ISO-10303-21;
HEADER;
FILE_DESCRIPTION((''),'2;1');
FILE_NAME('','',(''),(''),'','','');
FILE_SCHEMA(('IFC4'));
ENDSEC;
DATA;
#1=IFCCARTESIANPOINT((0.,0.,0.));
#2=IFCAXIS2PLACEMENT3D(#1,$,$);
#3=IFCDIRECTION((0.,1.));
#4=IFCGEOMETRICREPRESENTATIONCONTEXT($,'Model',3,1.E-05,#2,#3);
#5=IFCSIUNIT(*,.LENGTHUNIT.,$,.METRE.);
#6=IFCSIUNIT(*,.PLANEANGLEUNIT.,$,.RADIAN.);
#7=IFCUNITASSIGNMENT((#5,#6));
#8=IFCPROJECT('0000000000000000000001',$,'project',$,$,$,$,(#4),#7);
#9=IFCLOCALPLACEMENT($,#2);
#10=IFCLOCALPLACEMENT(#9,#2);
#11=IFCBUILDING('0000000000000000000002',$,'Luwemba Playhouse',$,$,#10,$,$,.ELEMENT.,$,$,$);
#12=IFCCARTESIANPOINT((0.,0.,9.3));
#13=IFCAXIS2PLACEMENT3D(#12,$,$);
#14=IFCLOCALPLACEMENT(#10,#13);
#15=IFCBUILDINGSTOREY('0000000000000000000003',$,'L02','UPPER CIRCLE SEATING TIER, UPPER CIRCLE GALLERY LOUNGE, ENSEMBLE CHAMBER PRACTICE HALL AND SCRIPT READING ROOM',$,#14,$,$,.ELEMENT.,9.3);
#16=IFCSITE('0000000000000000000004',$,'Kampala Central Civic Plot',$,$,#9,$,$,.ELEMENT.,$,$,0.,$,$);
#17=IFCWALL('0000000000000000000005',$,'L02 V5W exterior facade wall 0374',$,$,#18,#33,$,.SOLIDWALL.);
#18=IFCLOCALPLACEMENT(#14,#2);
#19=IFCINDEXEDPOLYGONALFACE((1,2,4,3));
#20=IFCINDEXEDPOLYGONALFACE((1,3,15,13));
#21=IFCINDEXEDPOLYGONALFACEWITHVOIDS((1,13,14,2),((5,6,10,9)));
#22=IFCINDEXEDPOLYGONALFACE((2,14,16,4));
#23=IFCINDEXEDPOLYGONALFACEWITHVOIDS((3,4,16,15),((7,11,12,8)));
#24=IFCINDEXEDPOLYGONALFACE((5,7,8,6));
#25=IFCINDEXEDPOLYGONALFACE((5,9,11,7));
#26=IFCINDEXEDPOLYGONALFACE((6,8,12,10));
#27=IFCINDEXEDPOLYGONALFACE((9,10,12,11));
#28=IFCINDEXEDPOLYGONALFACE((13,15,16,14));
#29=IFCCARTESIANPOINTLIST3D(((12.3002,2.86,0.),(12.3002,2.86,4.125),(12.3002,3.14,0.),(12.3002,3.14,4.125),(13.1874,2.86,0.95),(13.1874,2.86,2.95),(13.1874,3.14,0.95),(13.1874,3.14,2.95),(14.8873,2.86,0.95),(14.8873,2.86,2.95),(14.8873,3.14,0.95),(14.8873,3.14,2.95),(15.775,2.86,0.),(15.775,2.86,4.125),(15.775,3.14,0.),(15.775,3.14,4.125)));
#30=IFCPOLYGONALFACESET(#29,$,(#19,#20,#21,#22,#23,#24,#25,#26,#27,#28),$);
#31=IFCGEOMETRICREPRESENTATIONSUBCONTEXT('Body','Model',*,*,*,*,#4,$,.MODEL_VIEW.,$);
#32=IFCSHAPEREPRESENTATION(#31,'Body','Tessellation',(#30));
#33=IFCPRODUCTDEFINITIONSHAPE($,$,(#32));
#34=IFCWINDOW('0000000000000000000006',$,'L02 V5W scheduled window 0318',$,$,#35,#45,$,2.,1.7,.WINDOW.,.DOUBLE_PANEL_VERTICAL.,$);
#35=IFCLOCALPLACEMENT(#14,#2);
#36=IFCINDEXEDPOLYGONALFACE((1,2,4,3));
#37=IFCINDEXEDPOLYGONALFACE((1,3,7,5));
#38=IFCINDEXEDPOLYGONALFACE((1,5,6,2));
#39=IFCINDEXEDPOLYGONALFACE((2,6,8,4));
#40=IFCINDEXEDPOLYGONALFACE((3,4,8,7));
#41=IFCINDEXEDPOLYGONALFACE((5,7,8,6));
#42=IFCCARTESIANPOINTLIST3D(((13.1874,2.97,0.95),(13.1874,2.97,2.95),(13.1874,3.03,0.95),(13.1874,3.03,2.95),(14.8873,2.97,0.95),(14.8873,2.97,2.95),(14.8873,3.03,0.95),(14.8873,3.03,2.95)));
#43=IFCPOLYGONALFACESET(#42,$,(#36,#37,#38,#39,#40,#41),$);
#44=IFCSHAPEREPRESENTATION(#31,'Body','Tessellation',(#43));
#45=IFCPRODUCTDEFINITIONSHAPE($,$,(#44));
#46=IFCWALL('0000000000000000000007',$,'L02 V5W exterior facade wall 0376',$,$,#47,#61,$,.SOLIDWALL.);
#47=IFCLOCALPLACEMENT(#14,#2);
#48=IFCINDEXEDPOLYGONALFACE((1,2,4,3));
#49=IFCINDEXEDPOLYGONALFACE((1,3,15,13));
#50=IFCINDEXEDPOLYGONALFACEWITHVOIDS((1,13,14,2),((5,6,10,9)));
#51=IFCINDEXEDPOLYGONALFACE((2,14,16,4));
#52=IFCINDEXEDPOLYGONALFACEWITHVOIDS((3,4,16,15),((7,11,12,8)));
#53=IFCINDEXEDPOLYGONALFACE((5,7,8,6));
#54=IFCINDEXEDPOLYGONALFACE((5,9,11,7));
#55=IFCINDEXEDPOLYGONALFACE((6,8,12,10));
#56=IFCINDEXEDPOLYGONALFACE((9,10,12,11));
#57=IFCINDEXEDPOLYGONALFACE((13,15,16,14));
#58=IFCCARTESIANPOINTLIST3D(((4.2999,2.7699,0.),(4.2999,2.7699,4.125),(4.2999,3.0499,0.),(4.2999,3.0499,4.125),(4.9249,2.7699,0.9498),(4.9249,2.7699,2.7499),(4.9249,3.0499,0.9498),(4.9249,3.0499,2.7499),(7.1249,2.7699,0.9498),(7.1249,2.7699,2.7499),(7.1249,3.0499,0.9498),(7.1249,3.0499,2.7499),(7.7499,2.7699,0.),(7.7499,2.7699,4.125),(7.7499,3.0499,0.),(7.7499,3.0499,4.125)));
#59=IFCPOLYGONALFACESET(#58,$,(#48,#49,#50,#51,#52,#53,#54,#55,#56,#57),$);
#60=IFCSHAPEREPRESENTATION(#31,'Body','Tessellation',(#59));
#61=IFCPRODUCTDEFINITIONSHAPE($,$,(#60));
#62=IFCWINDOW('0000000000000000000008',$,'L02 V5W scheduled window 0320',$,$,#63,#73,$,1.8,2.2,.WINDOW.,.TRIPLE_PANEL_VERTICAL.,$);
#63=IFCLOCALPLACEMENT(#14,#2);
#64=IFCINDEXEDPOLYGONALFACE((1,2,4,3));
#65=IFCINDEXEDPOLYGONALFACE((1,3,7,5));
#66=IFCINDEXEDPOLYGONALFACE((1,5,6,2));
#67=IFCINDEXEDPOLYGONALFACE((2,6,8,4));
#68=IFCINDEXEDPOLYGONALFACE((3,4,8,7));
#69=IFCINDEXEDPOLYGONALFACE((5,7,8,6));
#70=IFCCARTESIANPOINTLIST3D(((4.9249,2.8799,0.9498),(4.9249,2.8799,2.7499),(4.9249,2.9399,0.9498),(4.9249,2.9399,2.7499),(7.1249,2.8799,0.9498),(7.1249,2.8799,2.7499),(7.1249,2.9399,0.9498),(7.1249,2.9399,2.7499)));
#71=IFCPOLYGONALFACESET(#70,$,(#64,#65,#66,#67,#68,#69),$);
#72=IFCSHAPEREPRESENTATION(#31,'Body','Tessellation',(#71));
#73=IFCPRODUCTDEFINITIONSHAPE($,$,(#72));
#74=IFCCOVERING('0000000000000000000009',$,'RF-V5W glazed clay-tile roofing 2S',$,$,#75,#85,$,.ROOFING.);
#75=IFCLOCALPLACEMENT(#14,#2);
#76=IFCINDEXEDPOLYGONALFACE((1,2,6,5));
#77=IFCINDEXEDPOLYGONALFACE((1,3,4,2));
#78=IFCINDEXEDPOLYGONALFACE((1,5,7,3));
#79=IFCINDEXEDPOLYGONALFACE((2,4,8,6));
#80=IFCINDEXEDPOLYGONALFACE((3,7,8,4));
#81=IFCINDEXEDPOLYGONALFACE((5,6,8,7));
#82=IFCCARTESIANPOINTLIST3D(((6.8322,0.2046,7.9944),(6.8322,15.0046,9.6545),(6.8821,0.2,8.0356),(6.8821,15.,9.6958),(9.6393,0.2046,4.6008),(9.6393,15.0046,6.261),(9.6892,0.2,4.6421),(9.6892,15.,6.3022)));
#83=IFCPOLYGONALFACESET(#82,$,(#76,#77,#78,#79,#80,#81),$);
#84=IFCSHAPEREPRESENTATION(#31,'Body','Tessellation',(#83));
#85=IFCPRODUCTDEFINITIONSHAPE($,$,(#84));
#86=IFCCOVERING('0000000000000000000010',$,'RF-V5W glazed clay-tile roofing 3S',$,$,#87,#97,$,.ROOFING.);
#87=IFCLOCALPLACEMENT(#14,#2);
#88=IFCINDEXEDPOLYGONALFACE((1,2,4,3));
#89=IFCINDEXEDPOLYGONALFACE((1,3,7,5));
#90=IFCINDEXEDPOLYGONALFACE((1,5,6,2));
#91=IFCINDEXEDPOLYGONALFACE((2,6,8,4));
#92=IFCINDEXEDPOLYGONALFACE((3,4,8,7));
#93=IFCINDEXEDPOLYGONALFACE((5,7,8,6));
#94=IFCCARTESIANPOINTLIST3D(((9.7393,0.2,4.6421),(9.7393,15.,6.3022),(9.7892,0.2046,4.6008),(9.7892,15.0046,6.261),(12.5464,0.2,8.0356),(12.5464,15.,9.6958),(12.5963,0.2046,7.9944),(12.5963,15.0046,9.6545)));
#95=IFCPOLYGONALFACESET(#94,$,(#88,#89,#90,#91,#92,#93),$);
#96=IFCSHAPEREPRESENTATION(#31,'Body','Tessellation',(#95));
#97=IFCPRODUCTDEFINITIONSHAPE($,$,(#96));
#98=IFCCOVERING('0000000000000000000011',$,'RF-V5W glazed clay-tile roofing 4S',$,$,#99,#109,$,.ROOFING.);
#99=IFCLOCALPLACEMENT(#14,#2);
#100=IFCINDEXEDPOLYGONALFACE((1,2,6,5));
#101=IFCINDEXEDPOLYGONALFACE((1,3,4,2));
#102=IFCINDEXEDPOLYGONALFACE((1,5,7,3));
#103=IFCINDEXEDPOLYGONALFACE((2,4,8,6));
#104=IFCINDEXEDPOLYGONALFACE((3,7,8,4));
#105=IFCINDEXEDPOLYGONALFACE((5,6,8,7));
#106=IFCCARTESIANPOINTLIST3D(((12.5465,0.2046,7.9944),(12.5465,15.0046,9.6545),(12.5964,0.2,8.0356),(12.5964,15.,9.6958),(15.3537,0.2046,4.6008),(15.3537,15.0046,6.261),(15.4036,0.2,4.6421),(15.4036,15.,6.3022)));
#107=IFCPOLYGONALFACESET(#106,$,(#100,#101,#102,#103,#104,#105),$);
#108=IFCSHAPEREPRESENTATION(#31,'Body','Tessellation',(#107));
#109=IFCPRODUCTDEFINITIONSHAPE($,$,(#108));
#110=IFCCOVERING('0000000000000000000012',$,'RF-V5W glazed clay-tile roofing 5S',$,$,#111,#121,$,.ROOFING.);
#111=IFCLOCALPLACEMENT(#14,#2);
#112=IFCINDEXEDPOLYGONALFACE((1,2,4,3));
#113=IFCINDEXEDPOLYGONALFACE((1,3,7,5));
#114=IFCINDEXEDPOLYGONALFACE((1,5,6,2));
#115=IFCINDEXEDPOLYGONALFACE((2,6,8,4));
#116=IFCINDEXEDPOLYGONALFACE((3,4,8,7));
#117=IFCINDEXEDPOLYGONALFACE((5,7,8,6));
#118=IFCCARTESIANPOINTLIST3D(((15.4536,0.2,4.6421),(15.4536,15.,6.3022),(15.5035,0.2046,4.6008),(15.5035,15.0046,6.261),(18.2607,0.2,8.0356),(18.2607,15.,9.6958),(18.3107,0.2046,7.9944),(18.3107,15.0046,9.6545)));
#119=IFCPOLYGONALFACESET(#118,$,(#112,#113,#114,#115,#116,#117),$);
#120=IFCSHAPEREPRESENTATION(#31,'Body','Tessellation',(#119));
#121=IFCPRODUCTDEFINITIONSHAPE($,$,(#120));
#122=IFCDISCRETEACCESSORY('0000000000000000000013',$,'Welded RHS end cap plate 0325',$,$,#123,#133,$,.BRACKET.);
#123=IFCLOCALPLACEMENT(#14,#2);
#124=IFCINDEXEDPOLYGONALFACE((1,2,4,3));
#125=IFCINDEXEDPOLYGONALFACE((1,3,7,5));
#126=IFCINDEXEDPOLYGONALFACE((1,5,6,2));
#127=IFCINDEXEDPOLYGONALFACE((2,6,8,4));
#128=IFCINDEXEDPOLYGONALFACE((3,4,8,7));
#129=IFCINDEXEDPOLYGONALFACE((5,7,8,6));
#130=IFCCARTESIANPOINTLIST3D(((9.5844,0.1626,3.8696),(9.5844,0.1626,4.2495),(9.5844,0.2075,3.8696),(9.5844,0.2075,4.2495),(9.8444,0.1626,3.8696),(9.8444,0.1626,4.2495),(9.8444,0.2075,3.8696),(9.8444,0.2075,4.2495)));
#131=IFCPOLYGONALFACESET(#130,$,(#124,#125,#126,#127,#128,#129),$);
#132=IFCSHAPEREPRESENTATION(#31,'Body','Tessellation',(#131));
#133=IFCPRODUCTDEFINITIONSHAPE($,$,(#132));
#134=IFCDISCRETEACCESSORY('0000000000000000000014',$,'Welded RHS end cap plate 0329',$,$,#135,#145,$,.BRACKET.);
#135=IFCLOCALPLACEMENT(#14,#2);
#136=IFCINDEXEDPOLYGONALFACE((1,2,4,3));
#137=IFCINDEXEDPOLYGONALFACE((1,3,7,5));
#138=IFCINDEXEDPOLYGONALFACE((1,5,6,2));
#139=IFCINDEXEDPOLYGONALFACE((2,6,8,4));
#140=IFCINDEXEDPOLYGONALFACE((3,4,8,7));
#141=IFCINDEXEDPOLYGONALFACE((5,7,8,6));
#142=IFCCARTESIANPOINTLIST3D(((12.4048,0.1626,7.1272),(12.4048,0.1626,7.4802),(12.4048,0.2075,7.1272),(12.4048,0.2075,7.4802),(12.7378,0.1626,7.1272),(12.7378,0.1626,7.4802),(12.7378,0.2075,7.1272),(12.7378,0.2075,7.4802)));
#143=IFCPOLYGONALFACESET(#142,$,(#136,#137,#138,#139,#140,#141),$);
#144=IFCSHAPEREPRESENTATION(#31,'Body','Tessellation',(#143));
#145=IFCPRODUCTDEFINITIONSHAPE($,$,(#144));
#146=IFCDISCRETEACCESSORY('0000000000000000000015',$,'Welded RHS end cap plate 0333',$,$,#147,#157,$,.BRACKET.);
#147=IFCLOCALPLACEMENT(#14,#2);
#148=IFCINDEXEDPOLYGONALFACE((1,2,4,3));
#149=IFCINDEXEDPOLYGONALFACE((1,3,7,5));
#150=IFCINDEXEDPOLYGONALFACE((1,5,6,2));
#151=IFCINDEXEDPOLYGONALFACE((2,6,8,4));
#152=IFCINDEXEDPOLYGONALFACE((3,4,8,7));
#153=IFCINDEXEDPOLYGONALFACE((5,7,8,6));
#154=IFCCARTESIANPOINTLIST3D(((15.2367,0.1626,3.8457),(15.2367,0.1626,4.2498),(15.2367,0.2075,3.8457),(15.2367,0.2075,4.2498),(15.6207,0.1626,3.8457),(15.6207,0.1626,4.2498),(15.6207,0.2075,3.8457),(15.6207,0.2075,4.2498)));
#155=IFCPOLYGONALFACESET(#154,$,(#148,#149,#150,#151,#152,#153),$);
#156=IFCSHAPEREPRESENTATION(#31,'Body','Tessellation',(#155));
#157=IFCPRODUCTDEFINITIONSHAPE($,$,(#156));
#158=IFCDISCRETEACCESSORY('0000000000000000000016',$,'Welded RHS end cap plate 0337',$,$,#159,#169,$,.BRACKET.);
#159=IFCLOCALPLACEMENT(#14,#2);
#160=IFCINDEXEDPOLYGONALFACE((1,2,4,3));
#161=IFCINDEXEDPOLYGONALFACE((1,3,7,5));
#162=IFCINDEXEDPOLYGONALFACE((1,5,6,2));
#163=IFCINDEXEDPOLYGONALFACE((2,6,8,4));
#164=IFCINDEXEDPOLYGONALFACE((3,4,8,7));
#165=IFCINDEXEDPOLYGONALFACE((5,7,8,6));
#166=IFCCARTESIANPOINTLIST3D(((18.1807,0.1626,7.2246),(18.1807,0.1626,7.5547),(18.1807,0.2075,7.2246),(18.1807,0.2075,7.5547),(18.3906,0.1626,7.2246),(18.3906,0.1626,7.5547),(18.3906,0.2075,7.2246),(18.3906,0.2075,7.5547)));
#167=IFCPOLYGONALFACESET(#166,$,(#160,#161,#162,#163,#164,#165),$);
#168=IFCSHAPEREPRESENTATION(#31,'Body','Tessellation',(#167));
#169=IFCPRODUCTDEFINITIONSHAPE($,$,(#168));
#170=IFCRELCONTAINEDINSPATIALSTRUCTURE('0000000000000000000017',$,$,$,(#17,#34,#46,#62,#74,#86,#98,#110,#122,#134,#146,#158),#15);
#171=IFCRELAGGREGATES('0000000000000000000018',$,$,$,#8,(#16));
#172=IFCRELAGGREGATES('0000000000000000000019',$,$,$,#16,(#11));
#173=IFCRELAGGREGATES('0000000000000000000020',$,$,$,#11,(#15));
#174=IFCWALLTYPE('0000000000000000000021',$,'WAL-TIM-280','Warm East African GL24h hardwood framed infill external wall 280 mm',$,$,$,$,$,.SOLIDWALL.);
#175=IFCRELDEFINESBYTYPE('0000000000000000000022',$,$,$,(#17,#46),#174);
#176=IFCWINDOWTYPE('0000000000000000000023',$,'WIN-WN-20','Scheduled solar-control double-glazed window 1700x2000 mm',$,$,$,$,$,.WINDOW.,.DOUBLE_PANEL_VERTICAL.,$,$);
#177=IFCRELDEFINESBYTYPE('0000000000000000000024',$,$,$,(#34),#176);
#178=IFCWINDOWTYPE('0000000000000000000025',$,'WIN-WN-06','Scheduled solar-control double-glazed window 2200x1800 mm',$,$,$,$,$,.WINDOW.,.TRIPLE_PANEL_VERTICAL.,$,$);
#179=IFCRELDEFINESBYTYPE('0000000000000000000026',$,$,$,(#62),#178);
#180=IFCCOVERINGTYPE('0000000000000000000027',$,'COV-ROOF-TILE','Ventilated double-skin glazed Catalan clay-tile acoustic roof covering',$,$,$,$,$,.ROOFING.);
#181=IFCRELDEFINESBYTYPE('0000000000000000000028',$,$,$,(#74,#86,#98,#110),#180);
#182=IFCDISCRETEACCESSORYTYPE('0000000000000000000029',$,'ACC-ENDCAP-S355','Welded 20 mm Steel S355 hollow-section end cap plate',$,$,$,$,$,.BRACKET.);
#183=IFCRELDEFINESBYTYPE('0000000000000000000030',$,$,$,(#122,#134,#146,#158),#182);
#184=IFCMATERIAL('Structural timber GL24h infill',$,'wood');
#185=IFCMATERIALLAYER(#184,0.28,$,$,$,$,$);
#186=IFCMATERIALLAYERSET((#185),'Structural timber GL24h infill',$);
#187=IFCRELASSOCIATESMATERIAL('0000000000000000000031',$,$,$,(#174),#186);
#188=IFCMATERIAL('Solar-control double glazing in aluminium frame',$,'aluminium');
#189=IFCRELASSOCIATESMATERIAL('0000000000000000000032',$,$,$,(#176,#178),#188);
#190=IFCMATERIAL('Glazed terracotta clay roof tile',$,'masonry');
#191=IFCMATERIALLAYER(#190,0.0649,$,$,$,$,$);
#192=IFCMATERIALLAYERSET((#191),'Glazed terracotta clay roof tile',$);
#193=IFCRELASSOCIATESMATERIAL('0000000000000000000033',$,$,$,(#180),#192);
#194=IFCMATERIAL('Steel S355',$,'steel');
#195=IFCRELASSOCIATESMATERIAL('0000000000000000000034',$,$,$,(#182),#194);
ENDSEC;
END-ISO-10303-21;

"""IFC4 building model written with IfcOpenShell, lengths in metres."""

from ifc_helpers import new_model, si_unit, direction, frame, frame_2d, origin, origin_2d, place, context, subcontext, project, spatial, polyline, rectangle, outline, extrude, material, layer, layer_set, type_object, element, fill, save


model = new_model("IFC4")

# Units and contexts
model_context = context("Model", 3, precision=1e-05, world=origin(), true_north=direction((0.0, 1.0)))
body_context = subcontext(model_context, "Body", "Model", "MODEL_VIEW")
ifc_project = project(units=[si_unit("LENGTHUNIT", "METRE"), si_unit("PLANEANGLEUNIT", "RADIAN")], contexts=[model_context])

# Site, building, storey
site_placement = place(None, origin())
site = spatial("IfcSite", under=ifc_project, at=site_placement, Name="Kampala Central Civic Plot", CompositionType="ELEMENT", RefElevation=0.0)
building_placement = place(site_placement, origin())
building = spatial("IfcBuilding", under=site, at=building_placement, Name="Luwemba Playhouse", CompositionType="ELEMENT")
storey_placement = place(building_placement, frame((0.0, 0.0, 9.3)))
storey = spatial("IfcBuildingStorey", under=building, at=storey_placement, Name="L02", Description="UPPER CIRCLE SEATING TIER, UPPER CIRCLE GALLERY LOUNGE, ENSEMBLE CHAMBER PRACTICE HALL AND SCRIPT READING ROOM", CompositionType="ELEMENT", Elevation=9.3)

# Shared definitions
ifc_material_1 = material(Name="Steel S355", Category="steel")

# Walls, openings, windows
ifc_material_2 = material(Name="Solar-control double glazing in aluminium frame", Category="aluminium")
ifc_material_3 = material(Name="Structural timber GL24h infill", Category="wood")
ifc_layer_1 = layer(ifc_material_3, 0.28)
ifc_layer_set_1 = layer_set([ifc_layer_1], Name="Structural timber GL24h infill")
wall_type_1 = type_object("IfcWallType", Name="WAL-TIM-280", Description="Warm East African GL24h hardwood framed infill external wall 280 mm", PredefinedType="SOLIDWALL", material=ifc_layer_set_1)
wall_1_placement = place(storey_placement, frame((15.7749, 3.0, 0.0), z_axis=(0.0, 0.0, 1.0), x_axis=(-1.0, 0.0, 0.0)))
wall_1 = element("IfcWall", 1, at=wall_1_placement, inside=storey, type_object=wall_type_1, Name="L02 V5W exterior facade wall 0374", PredefinedType="SOLIDWALL", context=body_context, shape_type="SweptSolid", body=[
    extrude(rectangle(XDim=3.4749, YDim=0.28, at=frame_2d((1.7373, 0.0))), origin(), (0.0, 0.0, 1.0), 4.125),
])
opening_1_placement = place(wall_1_placement, frame((0.8875, 0.0, 0.95)))
opening_1 = element("IfcOpeningElement", 2, at=opening_1_placement, cuts=wall_1, PredefinedType="OPENING", context=body_context, shape_type="SweptSolid", body=[
    extrude(rectangle(XDim=1.7, YDim=2.0, at=frame_2d((0.8501, 1.0))), frame((0.0, 0.1499, 0.0), z_axis=(0.0, -1.0, 0.0), x_axis=(1.0, 0.0, 0.0)), (0.0, 0.0, 1.0), 0.3),
])
window_type_1 = type_object("IfcWindowType", Name="WIN-WN-20", Description="Scheduled solar-control double-glazed window 1700x2000 mm", PartitioningType="DOUBLE_PANEL_VERTICAL", PredefinedType="WINDOW", material=ifc_material_2)
window_1_placement = place(opening_1_placement, origin())
window_1 = element("IfcWindow", 3, at=window_1_placement, inside=storey, type_object=window_type_1, Name="L02 V5W scheduled window 0318", OverallHeight=2.0, OverallWidth=1.7, PartitioningType="DOUBLE_PANEL_VERTICAL", PredefinedType="WINDOW", context=body_context, shape_type="SweptSolid", body=[
    extrude(rectangle(XDim=1.7, YDim=2.0, at=frame_2d((0.8501, 1.0))), frame((0.0, 0.03, 0.0), z_axis=(0.0, -1.0, 0.0), x_axis=(1.0, 0.0, 0.0)), (0.0, 0.0, 1.0), 0.0601),
])
fill(opening_1, window_1)
wall_2_placement = place(storey_placement, frame((7.75, 2.9099, 0.0), z_axis=(0.0, 0.0, 1.0), x_axis=(-1.0, 0.0, 0.0)))
wall_2 = element("IfcWall", 4, at=wall_2_placement, inside=storey, type_object=wall_type_1, Name="L02 V5W exterior facade wall 0376", PredefinedType="SOLIDWALL", context=body_context, shape_type="SweptSolid", body=[
    extrude(rectangle(XDim=3.45, YDim=0.28, at=frame_2d((1.7251, 0.0))), origin(), (0.0, 0.0, 1.0), 4.125),
])
opening_2_placement = place(wall_2_placement, frame((0.625, 0.0, 0.95)))
opening_2 = element("IfcOpeningElement", 5, at=opening_2_placement, cuts=wall_2, PredefinedType="OPENING", context=body_context, shape_type="SweptSolid", body=[
    extrude(rectangle(XDim=2.2, YDim=1.8, at=frame_2d((1.1001, 0.8999))), frame((0.0, 0.1499, 0.0), z_axis=(0.0, -1.0, 0.0), x_axis=(1.0, 0.0, 0.0)), (0.0, 0.0, 1.0), 0.3),
])
window_type_2 = type_object("IfcWindowType", Name="WIN-WN-06", Description="Scheduled solar-control double-glazed window 2200x1800 mm", PartitioningType="TRIPLE_PANEL_VERTICAL", PredefinedType="WINDOW", material=ifc_material_2)
window_2_placement = place(opening_2_placement, origin())
window_2 = element("IfcWindow", 6, at=window_2_placement, inside=storey, type_object=window_type_2, Name="L02 V5W scheduled window 0320", OverallHeight=1.8, OverallWidth=2.2, PartitioningType="TRIPLE_PANEL_VERTICAL", PredefinedType="WINDOW", context=body_context, shape_type="SweptSolid", body=[
    extrude(rectangle(XDim=2.2, YDim=1.8, at=frame_2d((1.1001, 0.8999))), frame((0.0, 0.03, 0.0), z_axis=(0.0, -1.0, 0.0), x_axis=(1.0, 0.0, 0.0)), (0.0, 0.0, 1.0), 0.0601),
])
fill(opening_2, window_2)

# Coverings
ifc_material_4 = material(Name="Glazed terracotta clay roof tile", Category="masonry")
ifc_layer_2 = layer(ifc_material_4, 0.0649)
ifc_layer_set_2 = layer_set([ifc_layer_2], Name="Glazed terracotta clay roof tile")
covering_type = type_object("IfcCoveringType", Name="COV-ROOF-TILE", Description="Ventilated double-skin glazed Catalan clay-tile acoustic roof covering", PredefinedType="ROOFING", material=ifc_layer_set_2)
covering_1_placement = place(storey_placement, frame((6.8821, 0.2, 8.0356), z_axis=(0.768581, -0.071315, 0.635766), x_axis=(0.637388, 0.0, -0.770543)))
element("IfcCovering", 7, at=covering_1_placement, inside=storey, type_object=covering_type, Name="RF-V5W glazed clay-tile roofing 2S", PredefinedType="ROOFING", context=body_context, shape_type="SweptSolid", body=[
    extrude(outline(polyline([(0.0, 0.0), (4.4041, 0.0), (3.1249, 14.8378), (-1.2792, 14.8378), (0.0, 0.0)])), origin(), (0.0, 0.0, -1.0), 0.0649),
])
covering_2_placement = place(storey_placement, frame((9.7393, 0.2, 4.6421), z_axis=(-0.768581, -0.071315, 0.635766), x_axis=(0.637388, 0.0, 0.770543)))
element("IfcCovering", 8, at=covering_2_placement, inside=storey, type_object=covering_type, Name="RF-V5W glazed clay-tile roofing 3S", PredefinedType="ROOFING", context=body_context, shape_type="SweptSolid", body=[
    extrude(outline(polyline([(0.0, 0.0), (4.4041, 0.0), (5.6833, 14.8378), (1.2792, 14.8378), (0.0, 0.0)])), origin(), (0.0, 0.0, -1.0), 0.0649),
])
covering_3_placement = place(storey_placement, frame((12.5964, 0.2, 8.0356), z_axis=(0.768581, -0.071315, 0.635766), x_axis=(0.637388, 0.0, -0.770543)))
element("IfcCovering", 9, at=covering_3_placement, inside=storey, type_object=covering_type, Name="RF-V5W glazed clay-tile roofing 4S", PredefinedType="ROOFING", context=body_context, shape_type="SweptSolid", body=[
    extrude(outline(polyline([(0.0, 0.0), (4.4041, 0.0), (3.1249, 14.8378), (-1.2792, 14.8378), (0.0, 0.0)])), origin(), (0.0, 0.0, -1.0), 0.0649),
])
covering_4_placement = place(storey_placement, frame((15.4536, 0.2, 4.6421), z_axis=(-0.768581, -0.071315, 0.635766), x_axis=(0.637388, 0.0, 0.770543)))
element("IfcCovering", 10, at=covering_4_placement, inside=storey, type_object=covering_type, Name="RF-V5W glazed clay-tile roofing 5S", PredefinedType="ROOFING", context=body_context, shape_type="SweptSolid", body=[
    extrude(outline(polyline([(0.0, 0.0), (4.4041, 0.0), (5.6833, 14.8378), (1.2792, 14.8378), (0.0, 0.0)])), origin(), (0.0, 0.0, -1.0), 0.0649),
])

# Discrete accessories
discrete_accessory_type = type_object("IfcDiscreteAccessoryType", Name="ACC-ENDCAP-S355", Description="Welded 20 mm Steel S355 hollow-section end cap plate", PredefinedType="BRACKET", material=ifc_material_1)
discrete_accessory_1_placement = place(storey_placement, frame((9.7144, 0.1851, 3.8696), z_axis=(0.0, 0.0, 1.0), x_axis=(1.0, 0.0, 0.0)))
element("IfcDiscreteAccessory", 11, at=discrete_accessory_1_placement, inside=storey, type_object=discrete_accessory_type, Name="Welded RHS end cap plate 0325", PredefinedType="BRACKET", context=body_context, shape_type="SweptSolid", body=[
    extrude(rectangle(XDim=0.26, YDim=0.0449, at=origin_2d()), origin(), (0.0, 0.0, 1.0), 0.3799),
])
discrete_accessory_2_placement = place(storey_placement, frame((12.5713, 0.1851, 7.1272), z_axis=(0.0, 0.0, 1.0), x_axis=(1.0, 0.0, 0.0)))
element("IfcDiscreteAccessory", 12, at=discrete_accessory_2_placement, inside=storey, type_object=discrete_accessory_type, Name="Welded RHS end cap plate 0329", PredefinedType="BRACKET", context=body_context, shape_type="SweptSolid", body=[
    extrude(rectangle(XDim=0.333, YDim=0.0449, at=origin_2d()), origin(), (0.0, 0.0, 1.0), 0.353),
])
discrete_accessory_3_placement = place(storey_placement, frame((15.4287, 0.1851, 3.8457), z_axis=(0.0, 0.0, 1.0), x_axis=(1.0, 0.0, 0.0)))
element("IfcDiscreteAccessory", 13, at=discrete_accessory_3_placement, inside=storey, type_object=discrete_accessory_type, Name="Welded RHS end cap plate 0333", PredefinedType="BRACKET", context=body_context, shape_type="SweptSolid", body=[
    extrude(rectangle(XDim=0.384, YDim=0.0449, at=origin_2d()), origin(), (0.0, 0.0, 1.0), 0.4041),
])
discrete_accessory_4_placement = place(storey_placement, frame((18.2856, 0.1851, 7.2246), z_axis=(0.0, 0.0, 1.0), x_axis=(1.0, 0.0, 0.0)))
element("IfcDiscreteAccessory", 14, at=discrete_accessory_4_placement, inside=storey, type_object=discrete_accessory_type, Name="Welded RHS end cap plate 0337", PredefinedType="BRACKET", context=body_context, shape_type="SweptSolid", body=[
    extrude(rectangle(XDim=0.21, YDim=0.0449, at=origin_2d()), origin(), (0.0, 0.0, 1.0), 0.3301),
])

save(model, "model.ifc")
